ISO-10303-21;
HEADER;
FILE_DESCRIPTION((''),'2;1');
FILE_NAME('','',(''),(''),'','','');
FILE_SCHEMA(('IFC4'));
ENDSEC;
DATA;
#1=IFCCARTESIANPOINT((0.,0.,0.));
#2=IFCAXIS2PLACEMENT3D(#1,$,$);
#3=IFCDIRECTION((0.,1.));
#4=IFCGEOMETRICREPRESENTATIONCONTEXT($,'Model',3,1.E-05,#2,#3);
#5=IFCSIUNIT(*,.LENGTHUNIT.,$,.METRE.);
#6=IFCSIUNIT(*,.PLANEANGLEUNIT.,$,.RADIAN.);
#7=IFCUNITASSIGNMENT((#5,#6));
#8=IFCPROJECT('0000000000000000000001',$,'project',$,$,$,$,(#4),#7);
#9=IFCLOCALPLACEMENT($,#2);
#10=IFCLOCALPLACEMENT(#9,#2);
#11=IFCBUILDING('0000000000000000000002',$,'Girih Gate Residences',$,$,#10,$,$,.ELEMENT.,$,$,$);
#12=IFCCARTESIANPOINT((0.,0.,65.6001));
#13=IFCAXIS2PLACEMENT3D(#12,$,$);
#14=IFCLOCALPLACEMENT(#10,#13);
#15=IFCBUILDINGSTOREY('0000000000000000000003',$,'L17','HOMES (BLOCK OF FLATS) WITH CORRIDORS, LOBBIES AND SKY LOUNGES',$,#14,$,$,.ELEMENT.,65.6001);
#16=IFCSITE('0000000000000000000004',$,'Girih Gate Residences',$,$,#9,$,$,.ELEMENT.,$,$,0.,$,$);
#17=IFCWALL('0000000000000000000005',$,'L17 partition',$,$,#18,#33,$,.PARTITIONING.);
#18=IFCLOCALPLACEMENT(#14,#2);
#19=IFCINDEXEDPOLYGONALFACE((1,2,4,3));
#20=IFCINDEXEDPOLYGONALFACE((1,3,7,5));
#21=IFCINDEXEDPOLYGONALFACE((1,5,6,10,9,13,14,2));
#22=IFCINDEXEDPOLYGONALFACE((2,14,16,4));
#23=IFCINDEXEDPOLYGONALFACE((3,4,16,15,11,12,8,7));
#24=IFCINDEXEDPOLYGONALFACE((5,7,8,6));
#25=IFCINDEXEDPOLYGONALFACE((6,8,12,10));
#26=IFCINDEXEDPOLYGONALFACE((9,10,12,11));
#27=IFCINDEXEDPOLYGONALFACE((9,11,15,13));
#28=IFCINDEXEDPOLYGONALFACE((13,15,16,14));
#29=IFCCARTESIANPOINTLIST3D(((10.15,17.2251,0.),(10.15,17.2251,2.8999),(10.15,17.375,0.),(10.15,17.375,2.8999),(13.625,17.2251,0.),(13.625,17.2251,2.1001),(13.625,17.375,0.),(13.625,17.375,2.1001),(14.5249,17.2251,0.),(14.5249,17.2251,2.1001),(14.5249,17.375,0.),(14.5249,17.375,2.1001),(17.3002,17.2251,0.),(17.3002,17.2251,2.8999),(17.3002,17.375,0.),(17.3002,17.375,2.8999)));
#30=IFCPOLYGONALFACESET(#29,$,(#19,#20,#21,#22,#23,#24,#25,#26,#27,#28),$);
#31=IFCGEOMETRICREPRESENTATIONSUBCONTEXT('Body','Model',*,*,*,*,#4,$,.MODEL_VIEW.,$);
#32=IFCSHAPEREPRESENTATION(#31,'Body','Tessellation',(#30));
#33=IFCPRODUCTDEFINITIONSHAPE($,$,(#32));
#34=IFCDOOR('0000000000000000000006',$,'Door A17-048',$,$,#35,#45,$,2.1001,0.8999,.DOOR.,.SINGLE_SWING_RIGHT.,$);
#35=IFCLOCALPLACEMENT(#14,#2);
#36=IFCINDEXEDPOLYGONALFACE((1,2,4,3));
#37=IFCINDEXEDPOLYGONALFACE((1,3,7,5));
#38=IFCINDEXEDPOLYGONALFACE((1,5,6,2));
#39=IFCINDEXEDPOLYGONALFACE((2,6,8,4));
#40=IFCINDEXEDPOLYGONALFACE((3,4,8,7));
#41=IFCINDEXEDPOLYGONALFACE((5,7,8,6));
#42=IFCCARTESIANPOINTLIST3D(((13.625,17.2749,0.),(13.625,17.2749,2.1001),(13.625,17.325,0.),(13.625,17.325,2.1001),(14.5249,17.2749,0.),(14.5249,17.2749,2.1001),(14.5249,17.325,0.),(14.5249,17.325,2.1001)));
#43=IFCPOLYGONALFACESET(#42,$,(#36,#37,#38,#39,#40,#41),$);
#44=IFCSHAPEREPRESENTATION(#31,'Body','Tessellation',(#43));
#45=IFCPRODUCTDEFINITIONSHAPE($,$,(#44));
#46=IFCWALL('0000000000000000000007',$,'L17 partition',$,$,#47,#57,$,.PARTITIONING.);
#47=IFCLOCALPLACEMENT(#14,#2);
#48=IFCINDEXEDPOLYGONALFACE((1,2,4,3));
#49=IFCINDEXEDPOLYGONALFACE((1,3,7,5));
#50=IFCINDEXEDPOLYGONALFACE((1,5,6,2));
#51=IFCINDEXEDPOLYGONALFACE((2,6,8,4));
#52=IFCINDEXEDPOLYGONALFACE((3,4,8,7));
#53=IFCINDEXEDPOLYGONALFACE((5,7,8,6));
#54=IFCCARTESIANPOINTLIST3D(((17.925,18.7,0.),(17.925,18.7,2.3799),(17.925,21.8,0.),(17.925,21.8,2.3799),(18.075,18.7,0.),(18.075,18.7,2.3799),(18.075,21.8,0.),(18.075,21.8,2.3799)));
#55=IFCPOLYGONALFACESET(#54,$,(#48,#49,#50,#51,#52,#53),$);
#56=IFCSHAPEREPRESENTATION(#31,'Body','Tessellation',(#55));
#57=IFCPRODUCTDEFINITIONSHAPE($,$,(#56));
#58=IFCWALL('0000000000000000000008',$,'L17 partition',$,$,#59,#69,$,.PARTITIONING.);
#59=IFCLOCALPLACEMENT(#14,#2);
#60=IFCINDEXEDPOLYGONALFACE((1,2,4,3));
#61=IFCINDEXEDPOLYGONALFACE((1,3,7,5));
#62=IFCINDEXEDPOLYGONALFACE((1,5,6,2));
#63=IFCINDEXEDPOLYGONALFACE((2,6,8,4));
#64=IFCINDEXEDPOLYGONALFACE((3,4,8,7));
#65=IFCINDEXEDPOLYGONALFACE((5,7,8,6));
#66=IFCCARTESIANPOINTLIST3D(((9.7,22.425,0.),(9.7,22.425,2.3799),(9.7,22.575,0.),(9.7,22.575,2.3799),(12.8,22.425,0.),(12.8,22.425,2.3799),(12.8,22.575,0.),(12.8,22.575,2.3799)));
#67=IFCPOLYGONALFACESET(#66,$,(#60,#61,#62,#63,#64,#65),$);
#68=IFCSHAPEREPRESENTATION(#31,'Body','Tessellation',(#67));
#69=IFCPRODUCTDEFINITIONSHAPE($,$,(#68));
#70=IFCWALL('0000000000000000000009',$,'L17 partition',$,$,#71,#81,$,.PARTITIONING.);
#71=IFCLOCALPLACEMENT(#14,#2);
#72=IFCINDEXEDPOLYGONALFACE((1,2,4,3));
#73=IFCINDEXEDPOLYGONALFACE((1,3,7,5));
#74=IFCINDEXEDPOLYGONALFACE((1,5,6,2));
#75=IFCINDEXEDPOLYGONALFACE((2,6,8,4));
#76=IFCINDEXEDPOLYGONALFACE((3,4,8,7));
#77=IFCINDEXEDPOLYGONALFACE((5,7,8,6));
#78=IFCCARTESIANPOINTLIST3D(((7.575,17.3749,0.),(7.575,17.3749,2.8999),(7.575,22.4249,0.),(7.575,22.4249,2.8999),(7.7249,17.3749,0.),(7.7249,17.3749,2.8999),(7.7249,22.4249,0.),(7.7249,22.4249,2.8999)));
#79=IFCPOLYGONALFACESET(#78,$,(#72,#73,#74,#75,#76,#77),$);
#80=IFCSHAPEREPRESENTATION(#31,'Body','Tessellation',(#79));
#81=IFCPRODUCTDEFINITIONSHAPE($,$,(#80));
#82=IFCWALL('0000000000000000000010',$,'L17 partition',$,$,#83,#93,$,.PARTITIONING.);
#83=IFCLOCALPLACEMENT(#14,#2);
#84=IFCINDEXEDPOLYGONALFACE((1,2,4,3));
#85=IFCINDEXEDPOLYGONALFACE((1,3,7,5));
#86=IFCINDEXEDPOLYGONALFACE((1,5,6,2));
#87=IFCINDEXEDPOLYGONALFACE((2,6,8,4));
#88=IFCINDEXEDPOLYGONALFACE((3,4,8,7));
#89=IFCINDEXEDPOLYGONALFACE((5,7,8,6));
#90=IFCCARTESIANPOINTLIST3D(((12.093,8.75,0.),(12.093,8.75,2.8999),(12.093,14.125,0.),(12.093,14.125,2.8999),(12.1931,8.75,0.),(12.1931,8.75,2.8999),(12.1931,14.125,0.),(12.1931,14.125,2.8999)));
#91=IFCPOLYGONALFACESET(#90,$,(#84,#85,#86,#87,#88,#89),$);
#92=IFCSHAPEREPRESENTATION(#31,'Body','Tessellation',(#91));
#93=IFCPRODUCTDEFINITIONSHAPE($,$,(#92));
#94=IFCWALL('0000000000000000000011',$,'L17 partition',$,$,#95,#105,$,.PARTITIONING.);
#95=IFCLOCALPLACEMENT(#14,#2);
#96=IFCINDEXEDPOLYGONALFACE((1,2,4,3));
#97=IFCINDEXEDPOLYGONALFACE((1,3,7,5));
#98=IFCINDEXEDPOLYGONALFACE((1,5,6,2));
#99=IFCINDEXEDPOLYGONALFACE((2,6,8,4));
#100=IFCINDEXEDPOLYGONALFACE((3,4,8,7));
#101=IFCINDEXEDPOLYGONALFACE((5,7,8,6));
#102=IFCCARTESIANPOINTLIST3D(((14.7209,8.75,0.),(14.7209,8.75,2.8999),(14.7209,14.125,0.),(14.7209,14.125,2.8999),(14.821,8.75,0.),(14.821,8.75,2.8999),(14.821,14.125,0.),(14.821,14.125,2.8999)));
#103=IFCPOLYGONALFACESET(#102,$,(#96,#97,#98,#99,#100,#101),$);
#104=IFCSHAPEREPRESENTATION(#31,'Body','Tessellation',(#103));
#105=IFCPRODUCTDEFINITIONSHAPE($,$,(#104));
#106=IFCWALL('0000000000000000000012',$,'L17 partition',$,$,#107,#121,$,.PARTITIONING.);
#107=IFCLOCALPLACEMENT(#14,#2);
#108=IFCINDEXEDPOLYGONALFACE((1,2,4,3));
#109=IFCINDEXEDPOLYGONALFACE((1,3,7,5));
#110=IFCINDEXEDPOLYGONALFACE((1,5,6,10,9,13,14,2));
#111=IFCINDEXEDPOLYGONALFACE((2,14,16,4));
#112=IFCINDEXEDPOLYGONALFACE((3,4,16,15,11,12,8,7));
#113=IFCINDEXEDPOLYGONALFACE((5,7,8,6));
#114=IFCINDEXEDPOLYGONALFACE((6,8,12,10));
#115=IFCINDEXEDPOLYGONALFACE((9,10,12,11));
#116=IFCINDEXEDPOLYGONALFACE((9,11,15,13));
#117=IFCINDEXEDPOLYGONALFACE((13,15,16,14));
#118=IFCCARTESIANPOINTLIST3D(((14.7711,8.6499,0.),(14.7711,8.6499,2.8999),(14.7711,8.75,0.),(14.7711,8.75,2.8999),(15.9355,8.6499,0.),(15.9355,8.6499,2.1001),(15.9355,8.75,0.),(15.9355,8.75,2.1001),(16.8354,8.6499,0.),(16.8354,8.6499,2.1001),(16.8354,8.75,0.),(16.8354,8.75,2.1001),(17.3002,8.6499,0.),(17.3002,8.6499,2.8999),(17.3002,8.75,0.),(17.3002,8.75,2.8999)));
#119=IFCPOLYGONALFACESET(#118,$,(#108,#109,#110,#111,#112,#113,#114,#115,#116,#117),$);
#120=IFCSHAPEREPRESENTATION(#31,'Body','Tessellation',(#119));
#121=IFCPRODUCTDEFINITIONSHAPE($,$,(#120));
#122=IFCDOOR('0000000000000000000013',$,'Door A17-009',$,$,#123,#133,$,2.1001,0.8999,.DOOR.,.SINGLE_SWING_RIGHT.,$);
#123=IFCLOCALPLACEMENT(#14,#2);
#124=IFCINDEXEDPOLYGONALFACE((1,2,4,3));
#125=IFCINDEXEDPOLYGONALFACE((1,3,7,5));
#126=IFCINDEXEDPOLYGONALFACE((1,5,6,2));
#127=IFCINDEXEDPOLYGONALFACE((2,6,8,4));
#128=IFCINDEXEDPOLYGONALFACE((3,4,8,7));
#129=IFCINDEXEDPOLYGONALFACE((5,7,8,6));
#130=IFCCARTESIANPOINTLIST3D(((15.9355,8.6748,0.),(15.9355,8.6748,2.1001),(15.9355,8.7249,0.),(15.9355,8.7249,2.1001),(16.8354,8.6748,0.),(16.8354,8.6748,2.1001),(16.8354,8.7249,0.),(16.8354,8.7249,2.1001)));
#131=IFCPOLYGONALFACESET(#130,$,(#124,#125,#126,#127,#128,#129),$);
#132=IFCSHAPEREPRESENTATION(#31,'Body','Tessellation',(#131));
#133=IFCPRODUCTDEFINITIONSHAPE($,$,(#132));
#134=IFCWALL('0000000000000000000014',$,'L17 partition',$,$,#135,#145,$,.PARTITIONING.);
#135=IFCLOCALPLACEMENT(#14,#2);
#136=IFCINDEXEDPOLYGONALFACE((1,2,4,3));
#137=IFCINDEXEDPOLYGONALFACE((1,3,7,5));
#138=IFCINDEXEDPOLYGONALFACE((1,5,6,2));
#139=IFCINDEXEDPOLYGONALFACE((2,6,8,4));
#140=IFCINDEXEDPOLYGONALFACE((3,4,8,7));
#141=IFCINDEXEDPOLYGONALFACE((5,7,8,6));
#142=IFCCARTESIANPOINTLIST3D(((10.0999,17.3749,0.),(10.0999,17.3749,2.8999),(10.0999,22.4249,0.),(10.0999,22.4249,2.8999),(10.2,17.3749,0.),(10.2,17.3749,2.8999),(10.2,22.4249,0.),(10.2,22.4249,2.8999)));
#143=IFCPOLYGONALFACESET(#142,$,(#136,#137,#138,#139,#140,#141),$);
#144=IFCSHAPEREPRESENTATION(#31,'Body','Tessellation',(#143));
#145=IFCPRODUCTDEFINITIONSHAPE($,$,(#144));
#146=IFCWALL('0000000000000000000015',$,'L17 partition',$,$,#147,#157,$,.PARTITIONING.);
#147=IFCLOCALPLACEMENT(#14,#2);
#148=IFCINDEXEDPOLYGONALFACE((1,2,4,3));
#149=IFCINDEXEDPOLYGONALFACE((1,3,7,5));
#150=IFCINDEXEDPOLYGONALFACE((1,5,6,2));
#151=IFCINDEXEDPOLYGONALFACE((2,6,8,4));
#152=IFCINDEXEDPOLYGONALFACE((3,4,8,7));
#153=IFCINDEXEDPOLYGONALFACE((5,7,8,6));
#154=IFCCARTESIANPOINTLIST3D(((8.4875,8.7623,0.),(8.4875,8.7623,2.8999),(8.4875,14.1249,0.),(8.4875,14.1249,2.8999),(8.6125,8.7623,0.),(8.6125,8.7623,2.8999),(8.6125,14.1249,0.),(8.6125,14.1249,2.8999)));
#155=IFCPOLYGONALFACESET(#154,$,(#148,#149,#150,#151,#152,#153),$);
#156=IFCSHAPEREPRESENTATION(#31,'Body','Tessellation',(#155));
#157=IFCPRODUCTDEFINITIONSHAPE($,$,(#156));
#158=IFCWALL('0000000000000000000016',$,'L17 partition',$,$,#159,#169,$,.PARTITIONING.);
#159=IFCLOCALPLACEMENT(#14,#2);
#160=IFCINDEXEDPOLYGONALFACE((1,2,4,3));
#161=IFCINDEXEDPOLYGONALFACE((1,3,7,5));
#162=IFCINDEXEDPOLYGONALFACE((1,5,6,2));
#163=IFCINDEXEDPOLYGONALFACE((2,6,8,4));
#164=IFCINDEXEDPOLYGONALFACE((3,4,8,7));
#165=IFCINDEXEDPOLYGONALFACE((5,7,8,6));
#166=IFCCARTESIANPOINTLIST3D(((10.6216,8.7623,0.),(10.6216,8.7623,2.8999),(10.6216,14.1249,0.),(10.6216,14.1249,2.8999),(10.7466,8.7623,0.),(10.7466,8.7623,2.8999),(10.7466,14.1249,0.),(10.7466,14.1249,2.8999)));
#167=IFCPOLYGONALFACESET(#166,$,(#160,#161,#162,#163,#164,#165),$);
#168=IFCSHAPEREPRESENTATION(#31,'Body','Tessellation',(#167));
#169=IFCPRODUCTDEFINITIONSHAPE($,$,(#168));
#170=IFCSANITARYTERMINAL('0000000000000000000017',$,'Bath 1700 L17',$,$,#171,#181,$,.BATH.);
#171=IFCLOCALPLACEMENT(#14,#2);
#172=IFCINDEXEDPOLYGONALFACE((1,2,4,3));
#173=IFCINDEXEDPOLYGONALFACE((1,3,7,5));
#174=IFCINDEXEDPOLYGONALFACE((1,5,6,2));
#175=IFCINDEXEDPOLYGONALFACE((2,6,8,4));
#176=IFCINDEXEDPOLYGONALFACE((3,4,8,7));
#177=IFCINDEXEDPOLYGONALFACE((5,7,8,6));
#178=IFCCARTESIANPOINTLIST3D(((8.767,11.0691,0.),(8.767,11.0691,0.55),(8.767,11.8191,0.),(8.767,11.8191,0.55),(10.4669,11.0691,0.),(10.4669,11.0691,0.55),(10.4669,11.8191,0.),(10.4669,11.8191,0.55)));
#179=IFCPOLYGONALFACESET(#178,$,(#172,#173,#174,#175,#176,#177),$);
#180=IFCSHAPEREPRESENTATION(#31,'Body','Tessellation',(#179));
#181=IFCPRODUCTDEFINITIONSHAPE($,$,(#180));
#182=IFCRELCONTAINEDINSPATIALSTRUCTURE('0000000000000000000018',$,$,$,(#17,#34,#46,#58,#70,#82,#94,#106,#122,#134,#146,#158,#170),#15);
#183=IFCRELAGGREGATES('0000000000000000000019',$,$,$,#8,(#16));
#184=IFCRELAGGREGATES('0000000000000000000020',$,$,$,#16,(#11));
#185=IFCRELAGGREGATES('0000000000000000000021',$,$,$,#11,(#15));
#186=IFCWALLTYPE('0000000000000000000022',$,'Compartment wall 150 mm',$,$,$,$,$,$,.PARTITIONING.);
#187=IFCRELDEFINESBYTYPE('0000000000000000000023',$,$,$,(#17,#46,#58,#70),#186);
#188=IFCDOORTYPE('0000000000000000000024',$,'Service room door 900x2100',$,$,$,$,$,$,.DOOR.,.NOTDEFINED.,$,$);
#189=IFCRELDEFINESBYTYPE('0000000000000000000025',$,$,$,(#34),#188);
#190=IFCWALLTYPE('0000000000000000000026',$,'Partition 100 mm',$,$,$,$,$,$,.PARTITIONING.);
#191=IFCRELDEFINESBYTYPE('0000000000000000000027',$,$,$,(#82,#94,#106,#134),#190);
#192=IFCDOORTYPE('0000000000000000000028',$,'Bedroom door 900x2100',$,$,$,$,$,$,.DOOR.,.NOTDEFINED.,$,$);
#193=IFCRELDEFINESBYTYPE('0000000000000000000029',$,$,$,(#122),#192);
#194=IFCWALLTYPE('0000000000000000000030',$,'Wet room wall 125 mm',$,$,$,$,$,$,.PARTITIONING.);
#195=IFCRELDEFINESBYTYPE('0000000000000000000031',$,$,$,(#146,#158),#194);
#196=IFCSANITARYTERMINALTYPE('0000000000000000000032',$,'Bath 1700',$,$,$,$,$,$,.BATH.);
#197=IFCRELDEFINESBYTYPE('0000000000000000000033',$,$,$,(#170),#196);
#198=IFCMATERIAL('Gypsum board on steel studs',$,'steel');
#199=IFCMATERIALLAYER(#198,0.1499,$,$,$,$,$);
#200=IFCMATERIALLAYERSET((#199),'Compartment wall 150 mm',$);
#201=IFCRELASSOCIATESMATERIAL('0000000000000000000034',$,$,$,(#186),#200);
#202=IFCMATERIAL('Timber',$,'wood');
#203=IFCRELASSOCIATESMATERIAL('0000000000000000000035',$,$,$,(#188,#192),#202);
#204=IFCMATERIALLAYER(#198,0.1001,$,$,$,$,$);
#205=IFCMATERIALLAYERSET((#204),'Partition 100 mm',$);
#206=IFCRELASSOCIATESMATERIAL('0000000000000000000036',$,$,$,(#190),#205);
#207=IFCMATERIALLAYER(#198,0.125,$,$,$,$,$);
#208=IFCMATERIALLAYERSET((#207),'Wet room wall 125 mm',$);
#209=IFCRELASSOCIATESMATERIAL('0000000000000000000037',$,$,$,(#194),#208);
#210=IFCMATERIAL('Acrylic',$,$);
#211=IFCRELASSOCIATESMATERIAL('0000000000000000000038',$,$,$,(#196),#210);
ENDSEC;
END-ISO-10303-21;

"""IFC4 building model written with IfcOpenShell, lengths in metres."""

from ifc_helpers import new_model, si_unit, direction, frame, frame_2d, origin, origin_2d, place, context, subcontext, project, spatial, rectangle, extrude, material, layer, layer_set, type_object, element, fill, save


model = new_model("IFC4")

# Units and contexts
model_context = context("Model", 3, precision=1e-05, world=origin(), true_north=direction((0.0, 1.0)))
body_context = subcontext(model_context, "Body", "Model", "MODEL_VIEW")
ifc_project = project(units=[si_unit("LENGTHUNIT", "METRE"), si_unit("PLANEANGLEUNIT", "RADIAN")], contexts=[model_context])

# Site, building, storey
site_placement = place(None, origin())
site = spatial("IfcSite", under=ifc_project, at=site_placement, Name="Girih Gate Residences", CompositionType="ELEMENT", RefElevation=0.0)
building_placement = place(site_placement, origin())
building = spatial("IfcBuilding", under=site, at=building_placement, Name="Girih Gate Residences", CompositionType="ELEMENT")
storey_placement = place(building_placement, frame((0.0, 0.0, 65.6001)))
storey = spatial("IfcBuildingStorey", under=building, at=storey_placement, Name="L17", Description="HOMES (BLOCK OF FLATS) WITH CORRIDORS, LOBBIES AND SKY LOUNGES", CompositionType="ELEMENT", Elevation=65.6001)

# Shared definitions
ifc_material_1 = material(Name="Gypsum board on steel studs", Category="steel")
ifc_layer_1 = layer(ifc_material_1, 0.1499)
ifc_layer_set_1 = layer_set([ifc_layer_1], Name="Compartment wall 150 mm")
wall_type_1 = type_object("IfcWallType", Name="Compartment wall 150 mm", PredefinedType="PARTITIONING", material=ifc_layer_set_1)

# Wall, opening, door
wall_1_placement = place(storey_placement, frame((10.1499, 17.3, 0.0), z_axis=(0.0, 0.0, 1.0), x_axis=(1.0, 0.0, 0.0)))
wall_1 = element("IfcWall", 1, at=wall_1_placement, inside=storey, type_object=wall_type_1, Name="L17 partition", PredefinedType="PARTITIONING", context=body_context, shape_type="SweptSolid", body=[
    extrude(rectangle(XDim=7.1501, YDim=0.1499, at=frame_2d((3.5752, 0.0))), origin(), (0.0, 0.0, 1.0), 2.8999),
])
opening_1_placement = place(wall_1_placement, frame((3.4751, 0.0, 0.0)))
opening_1 = element("IfcOpeningElement", 2, at=opening_1_placement, cuts=wall_1, PredefinedType="OPENING", context=body_context, shape_type="SweptSolid", body=[
    extrude(rectangle(XDim=0.8999, YDim=2.1001, at=frame_2d((0.45, 1.05))), frame((0.0, 0.085, 0.0), z_axis=(0.0, -1.0, 0.0), x_axis=(1.0, 0.0, 0.0)), (0.0, 0.0, 1.0), 0.1699),
])
ifc_material_2 = material(Name="Timber", Category="wood")
door_type_1 = type_object("IfcDoorType", Name="Service room door 900x2100", OperationType="NOTDEFINED", PredefinedType="DOOR", material=ifc_material_2)
door_1_placement = place(opening_1_placement, origin())
door_1 = element("IfcDoor", 3, at=door_1_placement, inside=storey, type_object=door_type_1, Name="Door A17-048", OperationType="SINGLE_SWING_RIGHT", OverallHeight=2.1001, OverallWidth=0.8999, PredefinedType="DOOR", context=body_context, shape_type="SweptSolid", body=[
    extrude(rectangle(XDim=0.8999, YDim=2.1001, at=frame_2d((0.45, 1.05))), frame((0.0, 0.0249, 0.0), z_axis=(0.0, -1.0, 0.0), x_axis=(1.0, 0.0, 0.0)), (0.0, 0.0, 1.0), 0.05),
])
fill(opening_1, door_1)

# Walls
for number, where, z_axis, x_axis, name in (
    (4, (18.0, 18.7, 0.0), (0.0, 0.0, 1.0), (0.0, 1.0, 0.0), "L17 partition"),
    (5, (9.7, 22.5, 0.0), (0.0, 0.0, 1.0), (1.0, 0.0, 0.0), "L17 partition"),
):
    element("IfcWall", number, at=place(storey_placement, frame(where, z_axis=z_axis, x_axis=x_axis)), inside=storey, type_object=wall_type_1, Name=name, PredefinedType="PARTITIONING", context=body_context, shape_type="SweptSolid", body=[
        extrude(rectangle(XDim=3.1001, YDim=0.1499, at=frame_2d((1.55, 0.0))), origin(), (0.0, 0.0, 1.0), 2.3799),
    ])
wall_2_placement = place(storey_placement, frame((7.6499, 17.375, 0.0), z_axis=(0.0, 0.0, 1.0), x_axis=(0.0, 1.0, 0.0)))
element("IfcWall", 6, at=wall_2_placement, inside=storey, type_object=wall_type_1, Name="L17 partition", PredefinedType="PARTITIONING", context=body_context, shape_type="SweptSolid", body=[
    extrude(rectangle(XDim=5.05, YDim=0.1499, at=frame_2d((2.5249, 0.0))), origin(), (0.0, 0.0, 1.0), 2.8999),
])
ifc_layer_2 = layer(ifc_material_1, 0.1001)
ifc_layer_set_2 = layer_set([ifc_layer_2], Name="Partition 100 mm")
wall_type_2 = type_object("IfcWallType", Name="Partition 100 mm", PredefinedType="PARTITIONING", material=ifc_layer_set_2)
for number, where, z_axis, x_axis, name in (
    (7, (12.1431, 8.75, 0.0), (0.0, 0.0, 1.0), (0.0, 1.0, 0.0), "L17 partition"),
    (8, (14.771, 8.75, 0.0), (0.0, 0.0, 1.0), (0.0, 1.0, 0.0), "L17 partition"),
):
    element("IfcWall", number, at=place(storey_placement, frame(where, z_axis=z_axis, x_axis=x_axis)), inside=storey, type_object=wall_type_2, Name=name, PredefinedType="PARTITIONING", context=body_context, shape_type="SweptSolid", body=[
        extrude(rectangle(XDim=5.375, YDim=0.1001, at=frame_2d((2.6875, 0.0))), origin(), (0.0, 0.0, 1.0), 2.8999),
    ])

# Wall, opening, door
wall_3_placement = place(storey_placement, frame((14.771, 8.7, 0.0), z_axis=(0.0, 0.0, 1.0), x_axis=(1.0, 0.0, 0.0)))
wall_3 = element("IfcWall", 9, at=wall_3_placement, inside=storey, type_object=wall_type_2, Name="L17 partition", PredefinedType="PARTITIONING", context=body_context, shape_type="SweptSolid", body=[
    extrude(rectangle(XDim=2.5291, YDim=0.1001, at=frame_2d((1.2646, 0.0))), origin(), (0.0, 0.0, 1.0), 2.8999),
])
opening_2_placement = place(wall_3_placement, frame((1.1646, 0.0, 0.0)))
opening_2 = element("IfcOpeningElement", 10, at=opening_2_placement, cuts=wall_3, PredefinedType="OPENING", context=body_context, shape_type="SweptSolid", body=[
    extrude(rectangle(XDim=0.8999, YDim=2.1001, at=frame_2d((0.45, 1.05))), frame((0.0, 0.0601, 0.0), z_axis=(0.0, -1.0, 0.0), x_axis=(1.0, 0.0, 0.0)), (0.0, 0.0, 1.0), 0.1201),
])
door_type_2 = type_object("IfcDoorType", Name="Bedroom door 900x2100", OperationType="NOTDEFINED", PredefinedType="DOOR", material=ifc_material_2)
door_2_placement = place(opening_2_placement, origin())
door_2 = element("IfcDoor", 11, at=door_2_placement, inside=storey, type_object=door_type_2, Name="Door A17-009", OperationType="SINGLE_SWING_RIGHT", OverallHeight=2.1001, OverallWidth=0.8999, PredefinedType="DOOR", context=body_context, shape_type="SweptSolid", body=[
    extrude(rectangle(XDim=0.8999, YDim=2.1001, at=frame_2d((0.45, 1.05))), frame((0.0, 0.0249, 0.0), z_axis=(0.0, -1.0, 0.0), x_axis=(1.0, 0.0, 0.0)), (0.0, 0.0, 1.0), 0.05),
])
fill(opening_2, door_2)

# Walls
wall_4_placement = place(storey_placement, frame((10.1499, 17.375, 0.0), z_axis=(0.0, 0.0, 1.0), x_axis=(0.0, 1.0, 0.0)))
element("IfcWall", 12, at=wall_4_placement, inside=storey, type_object=wall_type_2, Name="L17 partition", PredefinedType="PARTITIONING", context=body_context, shape_type="SweptSolid", body=[
    extrude(rectangle(XDim=5.05, YDim=0.1001, at=frame_2d((2.5249, 0.0))), origin(), (0.0, 0.0, 1.0), 2.8999),
])
ifc_layer_3 = layer(ifc_material_1, 0.125)
ifc_layer_set_3 = layer_set([ifc_layer_3], Name="Wet room wall 125 mm")
wall_type_3 = type_object("IfcWallType", Name="Wet room wall 125 mm", PredefinedType="PARTITIONING", material=ifc_layer_set_3)
for number, where, z_axis, x_axis, name in (
    (13, (8.55, 8.7625, 0.0), (0.0, 0.0, 1.0), (0.0, 1.0, 0.0), "L17 partition"),
    (14, (10.6841, 8.7625, 0.0), (0.0, 0.0, 1.0), (0.0, 1.0, 0.0), "L17 partition"),
):
    element("IfcWall", number, at=place(storey_placement, frame(where, z_axis=z_axis, x_axis=x_axis)), inside=storey, type_object=wall_type_3, Name=name, PredefinedType="PARTITIONING", context=body_context, shape_type="SweptSolid", body=[
        extrude(rectangle(XDim=5.3625, YDim=0.125, at=frame_2d((2.6812, 0.0))), origin(), (0.0, 0.0, 1.0), 2.8999),
    ])

# Sanitary terminal
ifc_material_3 = material(Name="Acrylic")
sanitary_terminal_type = type_object("IfcSanitaryTerminalType", Name="Bath 1700", PredefinedType="BATH", material=ifc_material_3)
sanitary_terminal_placement = place(storey_placement, frame((9.6169, 11.4441, 0.0), z_axis=(0.0, 0.0, 1.0), x_axis=(1.0, 0.0, 0.0)))
element("IfcSanitaryTerminal", 15, at=sanitary_terminal_placement, inside=storey, type_object=sanitary_terminal_type, Name="Bath 1700 L17", PredefinedType="BATH", context=body_context, shape_type="SweptSolid", body=[
    extrude(rectangle(XDim=1.7, YDim=0.75, at=origin_2d()), origin(), (0.0, 0.0, 1.0), 0.55),
])

save(model, "model.ifc")
